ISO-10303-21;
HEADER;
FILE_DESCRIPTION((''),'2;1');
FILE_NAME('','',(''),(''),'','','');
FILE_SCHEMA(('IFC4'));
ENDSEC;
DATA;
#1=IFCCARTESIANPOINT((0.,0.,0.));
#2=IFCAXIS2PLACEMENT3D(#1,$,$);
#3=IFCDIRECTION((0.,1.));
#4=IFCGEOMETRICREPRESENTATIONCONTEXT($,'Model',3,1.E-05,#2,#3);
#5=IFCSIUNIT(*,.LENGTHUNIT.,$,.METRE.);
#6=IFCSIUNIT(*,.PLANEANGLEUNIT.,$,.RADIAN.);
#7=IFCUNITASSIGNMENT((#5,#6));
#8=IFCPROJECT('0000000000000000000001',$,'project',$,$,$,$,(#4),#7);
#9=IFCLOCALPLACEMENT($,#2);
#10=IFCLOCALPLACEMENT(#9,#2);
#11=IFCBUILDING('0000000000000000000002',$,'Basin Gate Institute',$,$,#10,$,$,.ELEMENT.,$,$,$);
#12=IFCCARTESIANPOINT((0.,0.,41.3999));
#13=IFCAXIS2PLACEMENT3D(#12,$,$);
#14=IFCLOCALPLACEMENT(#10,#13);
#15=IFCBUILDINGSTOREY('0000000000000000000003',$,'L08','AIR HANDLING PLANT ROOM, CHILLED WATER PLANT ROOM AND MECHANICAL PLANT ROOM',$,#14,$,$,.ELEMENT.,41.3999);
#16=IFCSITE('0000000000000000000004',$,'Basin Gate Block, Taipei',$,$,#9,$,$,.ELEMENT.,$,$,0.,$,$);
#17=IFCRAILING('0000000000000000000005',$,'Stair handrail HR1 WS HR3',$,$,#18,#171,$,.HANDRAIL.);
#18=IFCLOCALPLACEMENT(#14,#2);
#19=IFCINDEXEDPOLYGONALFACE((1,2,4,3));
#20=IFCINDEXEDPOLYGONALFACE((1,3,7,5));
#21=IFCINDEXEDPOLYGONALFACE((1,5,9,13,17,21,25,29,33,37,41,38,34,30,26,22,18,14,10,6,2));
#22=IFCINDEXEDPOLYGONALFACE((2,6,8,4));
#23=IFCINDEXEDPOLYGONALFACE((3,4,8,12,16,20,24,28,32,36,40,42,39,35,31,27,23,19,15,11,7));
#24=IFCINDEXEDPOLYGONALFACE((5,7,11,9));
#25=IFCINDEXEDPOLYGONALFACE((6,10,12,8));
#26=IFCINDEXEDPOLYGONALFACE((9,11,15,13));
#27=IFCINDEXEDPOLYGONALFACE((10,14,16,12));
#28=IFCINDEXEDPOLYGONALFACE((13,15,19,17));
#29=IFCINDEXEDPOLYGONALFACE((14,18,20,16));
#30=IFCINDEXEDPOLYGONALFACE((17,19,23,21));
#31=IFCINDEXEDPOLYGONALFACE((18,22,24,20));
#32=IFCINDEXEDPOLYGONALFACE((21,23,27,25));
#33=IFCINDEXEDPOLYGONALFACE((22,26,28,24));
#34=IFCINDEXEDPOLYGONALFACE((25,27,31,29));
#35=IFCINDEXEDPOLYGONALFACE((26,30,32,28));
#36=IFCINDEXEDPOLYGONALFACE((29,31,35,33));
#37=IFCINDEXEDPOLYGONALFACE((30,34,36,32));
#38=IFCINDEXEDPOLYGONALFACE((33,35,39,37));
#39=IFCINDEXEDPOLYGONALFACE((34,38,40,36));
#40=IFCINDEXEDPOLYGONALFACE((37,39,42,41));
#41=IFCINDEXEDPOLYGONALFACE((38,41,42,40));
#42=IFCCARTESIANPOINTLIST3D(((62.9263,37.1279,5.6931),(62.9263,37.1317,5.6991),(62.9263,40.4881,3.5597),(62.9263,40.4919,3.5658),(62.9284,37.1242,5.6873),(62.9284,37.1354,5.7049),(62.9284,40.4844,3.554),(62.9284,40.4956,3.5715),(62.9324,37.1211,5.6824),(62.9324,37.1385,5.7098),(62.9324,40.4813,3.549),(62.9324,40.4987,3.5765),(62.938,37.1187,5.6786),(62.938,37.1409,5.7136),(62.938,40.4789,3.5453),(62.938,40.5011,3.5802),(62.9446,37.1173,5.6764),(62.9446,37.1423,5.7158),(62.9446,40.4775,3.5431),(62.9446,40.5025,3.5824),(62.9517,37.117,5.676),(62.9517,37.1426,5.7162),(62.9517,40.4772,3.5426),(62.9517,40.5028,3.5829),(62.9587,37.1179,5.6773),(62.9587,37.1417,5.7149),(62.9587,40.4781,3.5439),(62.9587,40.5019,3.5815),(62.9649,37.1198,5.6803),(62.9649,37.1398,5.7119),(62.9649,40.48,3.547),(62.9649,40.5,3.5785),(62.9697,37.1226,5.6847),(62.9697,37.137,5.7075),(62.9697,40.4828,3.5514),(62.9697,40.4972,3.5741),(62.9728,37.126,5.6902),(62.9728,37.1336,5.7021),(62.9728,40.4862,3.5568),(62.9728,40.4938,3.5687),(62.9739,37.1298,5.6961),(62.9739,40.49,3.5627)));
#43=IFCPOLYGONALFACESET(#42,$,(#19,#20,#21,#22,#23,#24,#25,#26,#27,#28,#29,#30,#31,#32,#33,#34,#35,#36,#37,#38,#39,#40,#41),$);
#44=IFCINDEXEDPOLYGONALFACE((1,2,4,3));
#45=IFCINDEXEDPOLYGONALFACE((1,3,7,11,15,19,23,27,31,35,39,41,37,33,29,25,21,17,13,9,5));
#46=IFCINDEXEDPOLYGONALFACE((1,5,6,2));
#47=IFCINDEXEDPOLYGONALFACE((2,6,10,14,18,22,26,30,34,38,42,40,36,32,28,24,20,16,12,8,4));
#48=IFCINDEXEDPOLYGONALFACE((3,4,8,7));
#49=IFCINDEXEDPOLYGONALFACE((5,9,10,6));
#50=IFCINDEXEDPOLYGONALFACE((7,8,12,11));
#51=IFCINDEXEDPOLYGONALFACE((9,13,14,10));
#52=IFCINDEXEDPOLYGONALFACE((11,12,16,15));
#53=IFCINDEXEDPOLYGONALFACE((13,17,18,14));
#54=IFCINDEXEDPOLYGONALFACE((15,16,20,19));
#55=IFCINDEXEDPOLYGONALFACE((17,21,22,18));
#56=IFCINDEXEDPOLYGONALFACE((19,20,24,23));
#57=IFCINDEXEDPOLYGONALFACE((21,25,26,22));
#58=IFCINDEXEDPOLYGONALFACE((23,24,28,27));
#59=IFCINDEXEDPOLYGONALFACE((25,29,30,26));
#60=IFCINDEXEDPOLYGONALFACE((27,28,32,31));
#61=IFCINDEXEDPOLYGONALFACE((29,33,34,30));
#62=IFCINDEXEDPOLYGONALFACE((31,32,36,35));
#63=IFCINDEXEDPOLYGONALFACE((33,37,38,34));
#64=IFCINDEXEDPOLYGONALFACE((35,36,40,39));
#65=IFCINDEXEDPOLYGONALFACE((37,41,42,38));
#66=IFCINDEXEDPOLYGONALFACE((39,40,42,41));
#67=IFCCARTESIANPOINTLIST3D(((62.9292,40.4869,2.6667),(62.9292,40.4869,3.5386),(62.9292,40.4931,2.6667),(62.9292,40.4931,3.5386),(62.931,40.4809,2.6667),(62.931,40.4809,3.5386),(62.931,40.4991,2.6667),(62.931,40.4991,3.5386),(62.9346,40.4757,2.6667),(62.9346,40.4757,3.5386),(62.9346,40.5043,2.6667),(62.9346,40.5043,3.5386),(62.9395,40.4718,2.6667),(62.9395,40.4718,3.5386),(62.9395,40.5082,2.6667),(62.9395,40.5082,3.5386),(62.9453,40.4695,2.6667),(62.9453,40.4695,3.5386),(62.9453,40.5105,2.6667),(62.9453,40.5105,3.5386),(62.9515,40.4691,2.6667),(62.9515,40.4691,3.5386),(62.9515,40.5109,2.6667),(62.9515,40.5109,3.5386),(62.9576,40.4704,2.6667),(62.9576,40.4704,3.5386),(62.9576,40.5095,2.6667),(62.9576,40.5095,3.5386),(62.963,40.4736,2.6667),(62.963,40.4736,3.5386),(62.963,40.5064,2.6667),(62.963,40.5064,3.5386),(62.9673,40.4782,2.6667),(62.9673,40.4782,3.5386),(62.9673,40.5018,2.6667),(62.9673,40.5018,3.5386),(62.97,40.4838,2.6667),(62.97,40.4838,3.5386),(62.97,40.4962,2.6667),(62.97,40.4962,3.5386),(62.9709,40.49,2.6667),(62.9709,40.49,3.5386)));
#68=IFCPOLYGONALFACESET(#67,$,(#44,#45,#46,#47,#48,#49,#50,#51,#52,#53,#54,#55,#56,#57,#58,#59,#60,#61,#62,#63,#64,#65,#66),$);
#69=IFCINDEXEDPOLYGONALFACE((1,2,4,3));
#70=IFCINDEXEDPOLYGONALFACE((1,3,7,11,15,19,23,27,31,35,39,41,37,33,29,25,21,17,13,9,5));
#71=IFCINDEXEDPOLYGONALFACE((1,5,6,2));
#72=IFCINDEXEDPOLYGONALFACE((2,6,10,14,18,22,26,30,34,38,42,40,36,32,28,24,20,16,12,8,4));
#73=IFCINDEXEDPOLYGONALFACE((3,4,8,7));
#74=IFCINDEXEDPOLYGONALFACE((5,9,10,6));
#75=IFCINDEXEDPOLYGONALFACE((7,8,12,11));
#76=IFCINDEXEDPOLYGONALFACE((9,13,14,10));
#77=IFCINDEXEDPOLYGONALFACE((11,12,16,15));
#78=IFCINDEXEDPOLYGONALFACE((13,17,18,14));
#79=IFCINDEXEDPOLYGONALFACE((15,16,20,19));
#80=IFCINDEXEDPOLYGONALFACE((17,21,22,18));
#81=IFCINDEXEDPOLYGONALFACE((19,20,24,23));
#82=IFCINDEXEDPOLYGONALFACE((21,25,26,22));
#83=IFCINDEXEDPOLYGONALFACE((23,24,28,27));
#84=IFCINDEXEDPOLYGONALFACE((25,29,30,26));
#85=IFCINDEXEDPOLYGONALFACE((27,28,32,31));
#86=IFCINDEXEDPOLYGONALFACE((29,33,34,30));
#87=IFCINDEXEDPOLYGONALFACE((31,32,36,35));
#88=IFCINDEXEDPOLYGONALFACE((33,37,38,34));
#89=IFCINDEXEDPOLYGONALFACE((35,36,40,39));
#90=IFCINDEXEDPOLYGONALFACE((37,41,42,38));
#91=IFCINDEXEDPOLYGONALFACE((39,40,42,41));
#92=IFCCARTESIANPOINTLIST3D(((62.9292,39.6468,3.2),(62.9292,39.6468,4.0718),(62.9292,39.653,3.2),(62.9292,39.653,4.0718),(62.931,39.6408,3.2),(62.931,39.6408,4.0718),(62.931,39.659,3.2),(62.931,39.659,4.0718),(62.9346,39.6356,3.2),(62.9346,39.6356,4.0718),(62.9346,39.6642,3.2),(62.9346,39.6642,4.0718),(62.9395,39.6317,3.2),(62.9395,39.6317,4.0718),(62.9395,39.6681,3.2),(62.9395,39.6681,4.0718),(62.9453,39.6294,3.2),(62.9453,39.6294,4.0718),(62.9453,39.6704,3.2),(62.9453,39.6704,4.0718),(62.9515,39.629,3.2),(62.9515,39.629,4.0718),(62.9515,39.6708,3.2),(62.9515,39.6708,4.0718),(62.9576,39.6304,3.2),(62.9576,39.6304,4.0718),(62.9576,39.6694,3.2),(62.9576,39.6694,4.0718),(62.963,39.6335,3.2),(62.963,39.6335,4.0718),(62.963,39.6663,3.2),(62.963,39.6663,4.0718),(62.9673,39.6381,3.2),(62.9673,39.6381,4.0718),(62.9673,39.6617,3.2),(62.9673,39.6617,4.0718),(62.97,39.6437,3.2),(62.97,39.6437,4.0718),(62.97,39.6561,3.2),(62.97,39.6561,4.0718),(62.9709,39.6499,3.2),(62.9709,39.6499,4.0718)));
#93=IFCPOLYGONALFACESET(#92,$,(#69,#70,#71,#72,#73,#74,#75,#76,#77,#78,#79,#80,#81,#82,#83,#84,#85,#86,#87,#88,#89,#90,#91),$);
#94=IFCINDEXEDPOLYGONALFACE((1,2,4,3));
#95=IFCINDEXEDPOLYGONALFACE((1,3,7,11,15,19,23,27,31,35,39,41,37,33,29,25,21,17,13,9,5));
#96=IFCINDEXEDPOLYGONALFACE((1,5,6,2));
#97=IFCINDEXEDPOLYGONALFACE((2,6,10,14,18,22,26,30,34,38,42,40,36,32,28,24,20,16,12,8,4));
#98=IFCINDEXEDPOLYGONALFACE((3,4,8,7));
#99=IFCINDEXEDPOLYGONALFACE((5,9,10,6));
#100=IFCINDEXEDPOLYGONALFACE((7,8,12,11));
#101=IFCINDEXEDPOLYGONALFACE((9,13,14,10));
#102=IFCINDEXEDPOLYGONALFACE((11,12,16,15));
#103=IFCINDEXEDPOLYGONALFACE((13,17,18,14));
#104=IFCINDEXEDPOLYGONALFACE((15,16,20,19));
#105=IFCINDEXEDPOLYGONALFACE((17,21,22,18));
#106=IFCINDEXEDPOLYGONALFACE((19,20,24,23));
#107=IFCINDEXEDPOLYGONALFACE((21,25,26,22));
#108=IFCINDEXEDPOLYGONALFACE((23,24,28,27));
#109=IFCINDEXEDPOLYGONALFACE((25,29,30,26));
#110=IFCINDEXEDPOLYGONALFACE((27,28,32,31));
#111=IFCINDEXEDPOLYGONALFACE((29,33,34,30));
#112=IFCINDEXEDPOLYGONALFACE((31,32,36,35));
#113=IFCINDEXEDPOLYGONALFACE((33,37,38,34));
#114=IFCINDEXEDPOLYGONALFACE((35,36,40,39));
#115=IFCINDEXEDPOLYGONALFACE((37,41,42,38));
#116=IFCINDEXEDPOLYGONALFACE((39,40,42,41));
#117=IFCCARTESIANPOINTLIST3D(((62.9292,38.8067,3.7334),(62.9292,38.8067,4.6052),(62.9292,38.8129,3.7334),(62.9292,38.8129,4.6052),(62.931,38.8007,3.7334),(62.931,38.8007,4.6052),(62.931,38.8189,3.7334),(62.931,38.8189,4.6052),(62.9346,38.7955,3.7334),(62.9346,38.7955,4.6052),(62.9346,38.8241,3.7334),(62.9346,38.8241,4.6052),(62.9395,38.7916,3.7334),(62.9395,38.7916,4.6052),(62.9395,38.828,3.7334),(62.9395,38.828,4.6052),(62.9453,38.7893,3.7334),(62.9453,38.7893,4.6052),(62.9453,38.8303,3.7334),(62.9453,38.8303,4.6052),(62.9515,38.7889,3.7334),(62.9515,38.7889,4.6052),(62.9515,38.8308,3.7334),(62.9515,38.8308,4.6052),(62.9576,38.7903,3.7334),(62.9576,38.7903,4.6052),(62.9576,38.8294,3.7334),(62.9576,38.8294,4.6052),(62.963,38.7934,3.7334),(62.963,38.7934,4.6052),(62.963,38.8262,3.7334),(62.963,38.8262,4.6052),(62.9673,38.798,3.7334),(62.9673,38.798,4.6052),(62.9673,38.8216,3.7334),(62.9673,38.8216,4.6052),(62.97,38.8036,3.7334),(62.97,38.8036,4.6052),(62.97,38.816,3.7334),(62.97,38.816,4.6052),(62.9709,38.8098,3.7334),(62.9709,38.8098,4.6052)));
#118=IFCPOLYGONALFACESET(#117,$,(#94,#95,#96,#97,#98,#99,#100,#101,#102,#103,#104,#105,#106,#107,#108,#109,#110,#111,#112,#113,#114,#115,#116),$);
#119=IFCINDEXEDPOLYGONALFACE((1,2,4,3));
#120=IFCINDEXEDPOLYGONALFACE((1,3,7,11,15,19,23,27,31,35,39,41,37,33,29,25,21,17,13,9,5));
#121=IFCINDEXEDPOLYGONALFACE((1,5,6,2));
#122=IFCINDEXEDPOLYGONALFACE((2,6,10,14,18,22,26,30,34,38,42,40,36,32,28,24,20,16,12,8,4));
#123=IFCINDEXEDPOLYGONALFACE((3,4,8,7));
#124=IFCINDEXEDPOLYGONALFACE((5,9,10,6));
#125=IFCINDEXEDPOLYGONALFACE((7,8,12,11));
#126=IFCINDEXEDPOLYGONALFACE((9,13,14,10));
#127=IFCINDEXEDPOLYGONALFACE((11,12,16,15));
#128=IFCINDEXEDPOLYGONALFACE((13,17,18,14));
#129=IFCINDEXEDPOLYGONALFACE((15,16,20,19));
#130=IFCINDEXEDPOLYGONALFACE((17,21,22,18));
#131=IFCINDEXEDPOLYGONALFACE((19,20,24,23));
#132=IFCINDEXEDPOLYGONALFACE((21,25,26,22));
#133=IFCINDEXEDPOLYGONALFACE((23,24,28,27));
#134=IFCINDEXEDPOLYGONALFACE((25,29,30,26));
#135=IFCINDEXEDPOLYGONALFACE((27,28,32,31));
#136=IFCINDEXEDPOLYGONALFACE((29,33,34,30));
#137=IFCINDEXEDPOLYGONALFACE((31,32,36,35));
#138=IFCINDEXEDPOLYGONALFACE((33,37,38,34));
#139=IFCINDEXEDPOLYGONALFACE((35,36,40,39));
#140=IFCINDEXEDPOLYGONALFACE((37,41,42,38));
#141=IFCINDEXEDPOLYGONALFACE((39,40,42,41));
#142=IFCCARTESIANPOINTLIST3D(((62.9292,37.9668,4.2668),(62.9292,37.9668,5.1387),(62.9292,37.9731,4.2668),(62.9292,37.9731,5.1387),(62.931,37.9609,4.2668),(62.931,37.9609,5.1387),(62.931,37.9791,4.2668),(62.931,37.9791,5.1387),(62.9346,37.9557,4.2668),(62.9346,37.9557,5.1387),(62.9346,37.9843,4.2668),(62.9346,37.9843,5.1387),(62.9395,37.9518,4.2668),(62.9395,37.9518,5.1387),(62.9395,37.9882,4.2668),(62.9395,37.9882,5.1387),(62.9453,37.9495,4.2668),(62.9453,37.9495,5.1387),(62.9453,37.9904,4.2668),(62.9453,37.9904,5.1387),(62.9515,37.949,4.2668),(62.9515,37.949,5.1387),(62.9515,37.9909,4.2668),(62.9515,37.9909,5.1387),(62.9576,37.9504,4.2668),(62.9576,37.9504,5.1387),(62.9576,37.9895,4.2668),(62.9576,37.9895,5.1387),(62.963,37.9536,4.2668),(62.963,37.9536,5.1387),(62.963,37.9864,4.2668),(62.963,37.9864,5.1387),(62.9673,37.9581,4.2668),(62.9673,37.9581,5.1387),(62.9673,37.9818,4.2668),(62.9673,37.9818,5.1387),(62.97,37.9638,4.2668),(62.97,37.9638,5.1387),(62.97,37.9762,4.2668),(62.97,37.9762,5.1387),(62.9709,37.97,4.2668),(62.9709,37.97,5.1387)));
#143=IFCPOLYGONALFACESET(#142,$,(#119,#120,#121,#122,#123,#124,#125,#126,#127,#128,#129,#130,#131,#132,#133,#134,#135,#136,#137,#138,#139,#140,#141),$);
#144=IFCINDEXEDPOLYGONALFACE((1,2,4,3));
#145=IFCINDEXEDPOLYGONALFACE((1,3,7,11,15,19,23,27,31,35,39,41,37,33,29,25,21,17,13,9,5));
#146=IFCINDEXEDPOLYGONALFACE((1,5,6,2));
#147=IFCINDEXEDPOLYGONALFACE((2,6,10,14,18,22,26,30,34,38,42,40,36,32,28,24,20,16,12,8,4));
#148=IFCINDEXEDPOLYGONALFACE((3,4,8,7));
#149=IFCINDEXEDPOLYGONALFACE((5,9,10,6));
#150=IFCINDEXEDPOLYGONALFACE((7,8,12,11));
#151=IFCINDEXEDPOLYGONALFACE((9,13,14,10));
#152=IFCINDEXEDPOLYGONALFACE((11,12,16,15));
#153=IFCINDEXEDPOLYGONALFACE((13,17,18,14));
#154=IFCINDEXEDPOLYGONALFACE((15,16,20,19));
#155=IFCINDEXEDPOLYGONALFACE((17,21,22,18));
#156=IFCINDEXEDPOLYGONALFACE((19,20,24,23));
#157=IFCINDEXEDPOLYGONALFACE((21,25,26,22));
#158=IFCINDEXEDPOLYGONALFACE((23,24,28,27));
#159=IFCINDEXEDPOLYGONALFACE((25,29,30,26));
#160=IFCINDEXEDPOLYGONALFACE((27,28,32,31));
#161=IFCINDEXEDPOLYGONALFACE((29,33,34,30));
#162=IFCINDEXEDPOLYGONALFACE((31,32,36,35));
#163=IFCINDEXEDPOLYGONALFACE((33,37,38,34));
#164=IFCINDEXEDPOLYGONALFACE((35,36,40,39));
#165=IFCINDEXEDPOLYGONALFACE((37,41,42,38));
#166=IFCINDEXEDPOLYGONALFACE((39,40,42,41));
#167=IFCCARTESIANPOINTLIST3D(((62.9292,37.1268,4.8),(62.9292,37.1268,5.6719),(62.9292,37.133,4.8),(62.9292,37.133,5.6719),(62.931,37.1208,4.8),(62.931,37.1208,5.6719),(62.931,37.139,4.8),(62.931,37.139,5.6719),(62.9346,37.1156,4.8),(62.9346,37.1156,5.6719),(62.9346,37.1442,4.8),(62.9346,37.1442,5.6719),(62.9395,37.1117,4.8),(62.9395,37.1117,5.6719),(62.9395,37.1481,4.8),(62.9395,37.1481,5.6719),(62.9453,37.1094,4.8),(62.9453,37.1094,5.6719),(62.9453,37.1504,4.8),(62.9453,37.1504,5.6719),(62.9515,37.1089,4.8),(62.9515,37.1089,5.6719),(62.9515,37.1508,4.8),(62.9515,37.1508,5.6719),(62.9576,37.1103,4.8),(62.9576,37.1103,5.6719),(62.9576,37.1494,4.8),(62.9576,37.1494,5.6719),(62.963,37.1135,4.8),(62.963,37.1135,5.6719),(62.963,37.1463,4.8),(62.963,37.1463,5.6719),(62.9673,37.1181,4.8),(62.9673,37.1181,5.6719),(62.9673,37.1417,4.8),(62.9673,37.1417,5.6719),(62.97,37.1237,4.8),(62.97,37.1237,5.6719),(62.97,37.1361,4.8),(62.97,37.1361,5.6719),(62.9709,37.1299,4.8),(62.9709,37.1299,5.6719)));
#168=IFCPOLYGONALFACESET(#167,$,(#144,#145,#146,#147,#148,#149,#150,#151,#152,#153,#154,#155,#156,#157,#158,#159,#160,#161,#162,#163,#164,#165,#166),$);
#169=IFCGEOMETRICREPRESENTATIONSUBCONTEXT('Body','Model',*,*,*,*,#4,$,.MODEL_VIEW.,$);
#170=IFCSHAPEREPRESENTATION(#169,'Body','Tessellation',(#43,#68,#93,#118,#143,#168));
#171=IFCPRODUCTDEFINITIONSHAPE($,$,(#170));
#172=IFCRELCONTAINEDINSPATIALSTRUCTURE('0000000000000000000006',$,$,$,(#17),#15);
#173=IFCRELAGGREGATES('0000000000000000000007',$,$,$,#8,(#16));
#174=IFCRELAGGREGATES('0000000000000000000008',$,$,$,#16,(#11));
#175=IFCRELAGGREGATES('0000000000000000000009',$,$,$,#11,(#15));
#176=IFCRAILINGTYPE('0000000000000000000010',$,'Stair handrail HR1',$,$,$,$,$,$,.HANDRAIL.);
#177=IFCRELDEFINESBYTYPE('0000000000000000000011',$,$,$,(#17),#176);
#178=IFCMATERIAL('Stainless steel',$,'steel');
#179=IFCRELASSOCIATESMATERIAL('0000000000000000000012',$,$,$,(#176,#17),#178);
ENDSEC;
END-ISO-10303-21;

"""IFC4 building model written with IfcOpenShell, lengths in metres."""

from ifc_helpers import new_model, si_unit, direction, frame, origin, origin_2d, place, context, subcontext, project, spatial, circle, extrude, material, type_object, element, save


model = new_model("IFC4")

# Units and contexts
model_context = context("Model", 3, precision=1e-05, world=origin(), true_north=direction((0.0, 1.0)))
body_context = subcontext(model_context, "Body", "Model", "MODEL_VIEW")
ifc_project = project(units=[si_unit("LENGTHUNIT", "METRE"), si_unit("PLANEANGLEUNIT", "RADIAN")], contexts=[model_context])

# Site, building, storey
site_placement = place(None, origin())
site = spatial("IfcSite", under=ifc_project, at=site_placement, Name="Basin Gate Block, Taipei", CompositionType="ELEMENT", RefElevation=0.0)
building_placement = place(site_placement, origin())
building = spatial("IfcBuilding", under=site, at=building_placement, Name="Basin Gate Institute", CompositionType="ELEMENT")
storey_placement = place(building_placement, frame((0.0, 0.0, 41.3999)))
storey = spatial("IfcBuildingStorey", under=building, at=storey_placement, Name="L08", Description="AIR HANDLING PLANT ROOM, CHILLED WATER PLANT ROOM AND MECHANICAL PLANT ROOM", CompositionType="ELEMENT", Elevation=41.3999)

# Railing
ifc_material_1 = material(Name="Stainless steel", Category="steel")
railing_type_1 = type_object("IfcRailingType", Name="Stair handrail HR1", PredefinedType="HANDRAIL", material=ifc_material_1)
railing_1_placement = place(storey_placement, frame((62.95, 40.49, 2.6667)))
element("IfcRailing", 1, at=railing_1_placement, inside=storey, type_object=railing_type_1, material=ifc_material_1, Name="Stair handrail HR1 WS HR3", PredefinedType="HANDRAIL", context=body_context, shape_type="SweptSolid", body=[
    extrude(circle(Radius=0.0239, at=origin_2d()), frame((0.0, 0.0, 0.896), z_axis=(0.0, -0.844224, 0.53599), x_axis=(1.0, 0.0, 0.0)), (0.0, 0.0, 1.0), 3.9802),
    extrude(circle(Radius=0.021, at=origin_2d()), origin(), (0.0, 0.0, 1.0), 0.8718),
    extrude(circle(Radius=0.021, at=origin_2d()), frame((0.0, -0.8401, 0.5332)), (0.0, 0.0, 1.0), 0.8718),
    extrude(circle(Radius=0.021, at=origin_2d()), frame((0.0, -1.6802, 1.0667)), (0.0, 0.0, 1.0), 0.8718),
    extrude(circle(Radius=0.021, at=origin_2d()), frame((0.0, -2.52, 1.6001)), (0.0, 0.0, 1.0), 0.8718),
    extrude(circle(Radius=0.021, at=origin_2d()), frame((0.0, -3.3601, 2.1333)), (0.0, 0.0, 1.0), 0.8718),
])

save(model, "model.ifc")
